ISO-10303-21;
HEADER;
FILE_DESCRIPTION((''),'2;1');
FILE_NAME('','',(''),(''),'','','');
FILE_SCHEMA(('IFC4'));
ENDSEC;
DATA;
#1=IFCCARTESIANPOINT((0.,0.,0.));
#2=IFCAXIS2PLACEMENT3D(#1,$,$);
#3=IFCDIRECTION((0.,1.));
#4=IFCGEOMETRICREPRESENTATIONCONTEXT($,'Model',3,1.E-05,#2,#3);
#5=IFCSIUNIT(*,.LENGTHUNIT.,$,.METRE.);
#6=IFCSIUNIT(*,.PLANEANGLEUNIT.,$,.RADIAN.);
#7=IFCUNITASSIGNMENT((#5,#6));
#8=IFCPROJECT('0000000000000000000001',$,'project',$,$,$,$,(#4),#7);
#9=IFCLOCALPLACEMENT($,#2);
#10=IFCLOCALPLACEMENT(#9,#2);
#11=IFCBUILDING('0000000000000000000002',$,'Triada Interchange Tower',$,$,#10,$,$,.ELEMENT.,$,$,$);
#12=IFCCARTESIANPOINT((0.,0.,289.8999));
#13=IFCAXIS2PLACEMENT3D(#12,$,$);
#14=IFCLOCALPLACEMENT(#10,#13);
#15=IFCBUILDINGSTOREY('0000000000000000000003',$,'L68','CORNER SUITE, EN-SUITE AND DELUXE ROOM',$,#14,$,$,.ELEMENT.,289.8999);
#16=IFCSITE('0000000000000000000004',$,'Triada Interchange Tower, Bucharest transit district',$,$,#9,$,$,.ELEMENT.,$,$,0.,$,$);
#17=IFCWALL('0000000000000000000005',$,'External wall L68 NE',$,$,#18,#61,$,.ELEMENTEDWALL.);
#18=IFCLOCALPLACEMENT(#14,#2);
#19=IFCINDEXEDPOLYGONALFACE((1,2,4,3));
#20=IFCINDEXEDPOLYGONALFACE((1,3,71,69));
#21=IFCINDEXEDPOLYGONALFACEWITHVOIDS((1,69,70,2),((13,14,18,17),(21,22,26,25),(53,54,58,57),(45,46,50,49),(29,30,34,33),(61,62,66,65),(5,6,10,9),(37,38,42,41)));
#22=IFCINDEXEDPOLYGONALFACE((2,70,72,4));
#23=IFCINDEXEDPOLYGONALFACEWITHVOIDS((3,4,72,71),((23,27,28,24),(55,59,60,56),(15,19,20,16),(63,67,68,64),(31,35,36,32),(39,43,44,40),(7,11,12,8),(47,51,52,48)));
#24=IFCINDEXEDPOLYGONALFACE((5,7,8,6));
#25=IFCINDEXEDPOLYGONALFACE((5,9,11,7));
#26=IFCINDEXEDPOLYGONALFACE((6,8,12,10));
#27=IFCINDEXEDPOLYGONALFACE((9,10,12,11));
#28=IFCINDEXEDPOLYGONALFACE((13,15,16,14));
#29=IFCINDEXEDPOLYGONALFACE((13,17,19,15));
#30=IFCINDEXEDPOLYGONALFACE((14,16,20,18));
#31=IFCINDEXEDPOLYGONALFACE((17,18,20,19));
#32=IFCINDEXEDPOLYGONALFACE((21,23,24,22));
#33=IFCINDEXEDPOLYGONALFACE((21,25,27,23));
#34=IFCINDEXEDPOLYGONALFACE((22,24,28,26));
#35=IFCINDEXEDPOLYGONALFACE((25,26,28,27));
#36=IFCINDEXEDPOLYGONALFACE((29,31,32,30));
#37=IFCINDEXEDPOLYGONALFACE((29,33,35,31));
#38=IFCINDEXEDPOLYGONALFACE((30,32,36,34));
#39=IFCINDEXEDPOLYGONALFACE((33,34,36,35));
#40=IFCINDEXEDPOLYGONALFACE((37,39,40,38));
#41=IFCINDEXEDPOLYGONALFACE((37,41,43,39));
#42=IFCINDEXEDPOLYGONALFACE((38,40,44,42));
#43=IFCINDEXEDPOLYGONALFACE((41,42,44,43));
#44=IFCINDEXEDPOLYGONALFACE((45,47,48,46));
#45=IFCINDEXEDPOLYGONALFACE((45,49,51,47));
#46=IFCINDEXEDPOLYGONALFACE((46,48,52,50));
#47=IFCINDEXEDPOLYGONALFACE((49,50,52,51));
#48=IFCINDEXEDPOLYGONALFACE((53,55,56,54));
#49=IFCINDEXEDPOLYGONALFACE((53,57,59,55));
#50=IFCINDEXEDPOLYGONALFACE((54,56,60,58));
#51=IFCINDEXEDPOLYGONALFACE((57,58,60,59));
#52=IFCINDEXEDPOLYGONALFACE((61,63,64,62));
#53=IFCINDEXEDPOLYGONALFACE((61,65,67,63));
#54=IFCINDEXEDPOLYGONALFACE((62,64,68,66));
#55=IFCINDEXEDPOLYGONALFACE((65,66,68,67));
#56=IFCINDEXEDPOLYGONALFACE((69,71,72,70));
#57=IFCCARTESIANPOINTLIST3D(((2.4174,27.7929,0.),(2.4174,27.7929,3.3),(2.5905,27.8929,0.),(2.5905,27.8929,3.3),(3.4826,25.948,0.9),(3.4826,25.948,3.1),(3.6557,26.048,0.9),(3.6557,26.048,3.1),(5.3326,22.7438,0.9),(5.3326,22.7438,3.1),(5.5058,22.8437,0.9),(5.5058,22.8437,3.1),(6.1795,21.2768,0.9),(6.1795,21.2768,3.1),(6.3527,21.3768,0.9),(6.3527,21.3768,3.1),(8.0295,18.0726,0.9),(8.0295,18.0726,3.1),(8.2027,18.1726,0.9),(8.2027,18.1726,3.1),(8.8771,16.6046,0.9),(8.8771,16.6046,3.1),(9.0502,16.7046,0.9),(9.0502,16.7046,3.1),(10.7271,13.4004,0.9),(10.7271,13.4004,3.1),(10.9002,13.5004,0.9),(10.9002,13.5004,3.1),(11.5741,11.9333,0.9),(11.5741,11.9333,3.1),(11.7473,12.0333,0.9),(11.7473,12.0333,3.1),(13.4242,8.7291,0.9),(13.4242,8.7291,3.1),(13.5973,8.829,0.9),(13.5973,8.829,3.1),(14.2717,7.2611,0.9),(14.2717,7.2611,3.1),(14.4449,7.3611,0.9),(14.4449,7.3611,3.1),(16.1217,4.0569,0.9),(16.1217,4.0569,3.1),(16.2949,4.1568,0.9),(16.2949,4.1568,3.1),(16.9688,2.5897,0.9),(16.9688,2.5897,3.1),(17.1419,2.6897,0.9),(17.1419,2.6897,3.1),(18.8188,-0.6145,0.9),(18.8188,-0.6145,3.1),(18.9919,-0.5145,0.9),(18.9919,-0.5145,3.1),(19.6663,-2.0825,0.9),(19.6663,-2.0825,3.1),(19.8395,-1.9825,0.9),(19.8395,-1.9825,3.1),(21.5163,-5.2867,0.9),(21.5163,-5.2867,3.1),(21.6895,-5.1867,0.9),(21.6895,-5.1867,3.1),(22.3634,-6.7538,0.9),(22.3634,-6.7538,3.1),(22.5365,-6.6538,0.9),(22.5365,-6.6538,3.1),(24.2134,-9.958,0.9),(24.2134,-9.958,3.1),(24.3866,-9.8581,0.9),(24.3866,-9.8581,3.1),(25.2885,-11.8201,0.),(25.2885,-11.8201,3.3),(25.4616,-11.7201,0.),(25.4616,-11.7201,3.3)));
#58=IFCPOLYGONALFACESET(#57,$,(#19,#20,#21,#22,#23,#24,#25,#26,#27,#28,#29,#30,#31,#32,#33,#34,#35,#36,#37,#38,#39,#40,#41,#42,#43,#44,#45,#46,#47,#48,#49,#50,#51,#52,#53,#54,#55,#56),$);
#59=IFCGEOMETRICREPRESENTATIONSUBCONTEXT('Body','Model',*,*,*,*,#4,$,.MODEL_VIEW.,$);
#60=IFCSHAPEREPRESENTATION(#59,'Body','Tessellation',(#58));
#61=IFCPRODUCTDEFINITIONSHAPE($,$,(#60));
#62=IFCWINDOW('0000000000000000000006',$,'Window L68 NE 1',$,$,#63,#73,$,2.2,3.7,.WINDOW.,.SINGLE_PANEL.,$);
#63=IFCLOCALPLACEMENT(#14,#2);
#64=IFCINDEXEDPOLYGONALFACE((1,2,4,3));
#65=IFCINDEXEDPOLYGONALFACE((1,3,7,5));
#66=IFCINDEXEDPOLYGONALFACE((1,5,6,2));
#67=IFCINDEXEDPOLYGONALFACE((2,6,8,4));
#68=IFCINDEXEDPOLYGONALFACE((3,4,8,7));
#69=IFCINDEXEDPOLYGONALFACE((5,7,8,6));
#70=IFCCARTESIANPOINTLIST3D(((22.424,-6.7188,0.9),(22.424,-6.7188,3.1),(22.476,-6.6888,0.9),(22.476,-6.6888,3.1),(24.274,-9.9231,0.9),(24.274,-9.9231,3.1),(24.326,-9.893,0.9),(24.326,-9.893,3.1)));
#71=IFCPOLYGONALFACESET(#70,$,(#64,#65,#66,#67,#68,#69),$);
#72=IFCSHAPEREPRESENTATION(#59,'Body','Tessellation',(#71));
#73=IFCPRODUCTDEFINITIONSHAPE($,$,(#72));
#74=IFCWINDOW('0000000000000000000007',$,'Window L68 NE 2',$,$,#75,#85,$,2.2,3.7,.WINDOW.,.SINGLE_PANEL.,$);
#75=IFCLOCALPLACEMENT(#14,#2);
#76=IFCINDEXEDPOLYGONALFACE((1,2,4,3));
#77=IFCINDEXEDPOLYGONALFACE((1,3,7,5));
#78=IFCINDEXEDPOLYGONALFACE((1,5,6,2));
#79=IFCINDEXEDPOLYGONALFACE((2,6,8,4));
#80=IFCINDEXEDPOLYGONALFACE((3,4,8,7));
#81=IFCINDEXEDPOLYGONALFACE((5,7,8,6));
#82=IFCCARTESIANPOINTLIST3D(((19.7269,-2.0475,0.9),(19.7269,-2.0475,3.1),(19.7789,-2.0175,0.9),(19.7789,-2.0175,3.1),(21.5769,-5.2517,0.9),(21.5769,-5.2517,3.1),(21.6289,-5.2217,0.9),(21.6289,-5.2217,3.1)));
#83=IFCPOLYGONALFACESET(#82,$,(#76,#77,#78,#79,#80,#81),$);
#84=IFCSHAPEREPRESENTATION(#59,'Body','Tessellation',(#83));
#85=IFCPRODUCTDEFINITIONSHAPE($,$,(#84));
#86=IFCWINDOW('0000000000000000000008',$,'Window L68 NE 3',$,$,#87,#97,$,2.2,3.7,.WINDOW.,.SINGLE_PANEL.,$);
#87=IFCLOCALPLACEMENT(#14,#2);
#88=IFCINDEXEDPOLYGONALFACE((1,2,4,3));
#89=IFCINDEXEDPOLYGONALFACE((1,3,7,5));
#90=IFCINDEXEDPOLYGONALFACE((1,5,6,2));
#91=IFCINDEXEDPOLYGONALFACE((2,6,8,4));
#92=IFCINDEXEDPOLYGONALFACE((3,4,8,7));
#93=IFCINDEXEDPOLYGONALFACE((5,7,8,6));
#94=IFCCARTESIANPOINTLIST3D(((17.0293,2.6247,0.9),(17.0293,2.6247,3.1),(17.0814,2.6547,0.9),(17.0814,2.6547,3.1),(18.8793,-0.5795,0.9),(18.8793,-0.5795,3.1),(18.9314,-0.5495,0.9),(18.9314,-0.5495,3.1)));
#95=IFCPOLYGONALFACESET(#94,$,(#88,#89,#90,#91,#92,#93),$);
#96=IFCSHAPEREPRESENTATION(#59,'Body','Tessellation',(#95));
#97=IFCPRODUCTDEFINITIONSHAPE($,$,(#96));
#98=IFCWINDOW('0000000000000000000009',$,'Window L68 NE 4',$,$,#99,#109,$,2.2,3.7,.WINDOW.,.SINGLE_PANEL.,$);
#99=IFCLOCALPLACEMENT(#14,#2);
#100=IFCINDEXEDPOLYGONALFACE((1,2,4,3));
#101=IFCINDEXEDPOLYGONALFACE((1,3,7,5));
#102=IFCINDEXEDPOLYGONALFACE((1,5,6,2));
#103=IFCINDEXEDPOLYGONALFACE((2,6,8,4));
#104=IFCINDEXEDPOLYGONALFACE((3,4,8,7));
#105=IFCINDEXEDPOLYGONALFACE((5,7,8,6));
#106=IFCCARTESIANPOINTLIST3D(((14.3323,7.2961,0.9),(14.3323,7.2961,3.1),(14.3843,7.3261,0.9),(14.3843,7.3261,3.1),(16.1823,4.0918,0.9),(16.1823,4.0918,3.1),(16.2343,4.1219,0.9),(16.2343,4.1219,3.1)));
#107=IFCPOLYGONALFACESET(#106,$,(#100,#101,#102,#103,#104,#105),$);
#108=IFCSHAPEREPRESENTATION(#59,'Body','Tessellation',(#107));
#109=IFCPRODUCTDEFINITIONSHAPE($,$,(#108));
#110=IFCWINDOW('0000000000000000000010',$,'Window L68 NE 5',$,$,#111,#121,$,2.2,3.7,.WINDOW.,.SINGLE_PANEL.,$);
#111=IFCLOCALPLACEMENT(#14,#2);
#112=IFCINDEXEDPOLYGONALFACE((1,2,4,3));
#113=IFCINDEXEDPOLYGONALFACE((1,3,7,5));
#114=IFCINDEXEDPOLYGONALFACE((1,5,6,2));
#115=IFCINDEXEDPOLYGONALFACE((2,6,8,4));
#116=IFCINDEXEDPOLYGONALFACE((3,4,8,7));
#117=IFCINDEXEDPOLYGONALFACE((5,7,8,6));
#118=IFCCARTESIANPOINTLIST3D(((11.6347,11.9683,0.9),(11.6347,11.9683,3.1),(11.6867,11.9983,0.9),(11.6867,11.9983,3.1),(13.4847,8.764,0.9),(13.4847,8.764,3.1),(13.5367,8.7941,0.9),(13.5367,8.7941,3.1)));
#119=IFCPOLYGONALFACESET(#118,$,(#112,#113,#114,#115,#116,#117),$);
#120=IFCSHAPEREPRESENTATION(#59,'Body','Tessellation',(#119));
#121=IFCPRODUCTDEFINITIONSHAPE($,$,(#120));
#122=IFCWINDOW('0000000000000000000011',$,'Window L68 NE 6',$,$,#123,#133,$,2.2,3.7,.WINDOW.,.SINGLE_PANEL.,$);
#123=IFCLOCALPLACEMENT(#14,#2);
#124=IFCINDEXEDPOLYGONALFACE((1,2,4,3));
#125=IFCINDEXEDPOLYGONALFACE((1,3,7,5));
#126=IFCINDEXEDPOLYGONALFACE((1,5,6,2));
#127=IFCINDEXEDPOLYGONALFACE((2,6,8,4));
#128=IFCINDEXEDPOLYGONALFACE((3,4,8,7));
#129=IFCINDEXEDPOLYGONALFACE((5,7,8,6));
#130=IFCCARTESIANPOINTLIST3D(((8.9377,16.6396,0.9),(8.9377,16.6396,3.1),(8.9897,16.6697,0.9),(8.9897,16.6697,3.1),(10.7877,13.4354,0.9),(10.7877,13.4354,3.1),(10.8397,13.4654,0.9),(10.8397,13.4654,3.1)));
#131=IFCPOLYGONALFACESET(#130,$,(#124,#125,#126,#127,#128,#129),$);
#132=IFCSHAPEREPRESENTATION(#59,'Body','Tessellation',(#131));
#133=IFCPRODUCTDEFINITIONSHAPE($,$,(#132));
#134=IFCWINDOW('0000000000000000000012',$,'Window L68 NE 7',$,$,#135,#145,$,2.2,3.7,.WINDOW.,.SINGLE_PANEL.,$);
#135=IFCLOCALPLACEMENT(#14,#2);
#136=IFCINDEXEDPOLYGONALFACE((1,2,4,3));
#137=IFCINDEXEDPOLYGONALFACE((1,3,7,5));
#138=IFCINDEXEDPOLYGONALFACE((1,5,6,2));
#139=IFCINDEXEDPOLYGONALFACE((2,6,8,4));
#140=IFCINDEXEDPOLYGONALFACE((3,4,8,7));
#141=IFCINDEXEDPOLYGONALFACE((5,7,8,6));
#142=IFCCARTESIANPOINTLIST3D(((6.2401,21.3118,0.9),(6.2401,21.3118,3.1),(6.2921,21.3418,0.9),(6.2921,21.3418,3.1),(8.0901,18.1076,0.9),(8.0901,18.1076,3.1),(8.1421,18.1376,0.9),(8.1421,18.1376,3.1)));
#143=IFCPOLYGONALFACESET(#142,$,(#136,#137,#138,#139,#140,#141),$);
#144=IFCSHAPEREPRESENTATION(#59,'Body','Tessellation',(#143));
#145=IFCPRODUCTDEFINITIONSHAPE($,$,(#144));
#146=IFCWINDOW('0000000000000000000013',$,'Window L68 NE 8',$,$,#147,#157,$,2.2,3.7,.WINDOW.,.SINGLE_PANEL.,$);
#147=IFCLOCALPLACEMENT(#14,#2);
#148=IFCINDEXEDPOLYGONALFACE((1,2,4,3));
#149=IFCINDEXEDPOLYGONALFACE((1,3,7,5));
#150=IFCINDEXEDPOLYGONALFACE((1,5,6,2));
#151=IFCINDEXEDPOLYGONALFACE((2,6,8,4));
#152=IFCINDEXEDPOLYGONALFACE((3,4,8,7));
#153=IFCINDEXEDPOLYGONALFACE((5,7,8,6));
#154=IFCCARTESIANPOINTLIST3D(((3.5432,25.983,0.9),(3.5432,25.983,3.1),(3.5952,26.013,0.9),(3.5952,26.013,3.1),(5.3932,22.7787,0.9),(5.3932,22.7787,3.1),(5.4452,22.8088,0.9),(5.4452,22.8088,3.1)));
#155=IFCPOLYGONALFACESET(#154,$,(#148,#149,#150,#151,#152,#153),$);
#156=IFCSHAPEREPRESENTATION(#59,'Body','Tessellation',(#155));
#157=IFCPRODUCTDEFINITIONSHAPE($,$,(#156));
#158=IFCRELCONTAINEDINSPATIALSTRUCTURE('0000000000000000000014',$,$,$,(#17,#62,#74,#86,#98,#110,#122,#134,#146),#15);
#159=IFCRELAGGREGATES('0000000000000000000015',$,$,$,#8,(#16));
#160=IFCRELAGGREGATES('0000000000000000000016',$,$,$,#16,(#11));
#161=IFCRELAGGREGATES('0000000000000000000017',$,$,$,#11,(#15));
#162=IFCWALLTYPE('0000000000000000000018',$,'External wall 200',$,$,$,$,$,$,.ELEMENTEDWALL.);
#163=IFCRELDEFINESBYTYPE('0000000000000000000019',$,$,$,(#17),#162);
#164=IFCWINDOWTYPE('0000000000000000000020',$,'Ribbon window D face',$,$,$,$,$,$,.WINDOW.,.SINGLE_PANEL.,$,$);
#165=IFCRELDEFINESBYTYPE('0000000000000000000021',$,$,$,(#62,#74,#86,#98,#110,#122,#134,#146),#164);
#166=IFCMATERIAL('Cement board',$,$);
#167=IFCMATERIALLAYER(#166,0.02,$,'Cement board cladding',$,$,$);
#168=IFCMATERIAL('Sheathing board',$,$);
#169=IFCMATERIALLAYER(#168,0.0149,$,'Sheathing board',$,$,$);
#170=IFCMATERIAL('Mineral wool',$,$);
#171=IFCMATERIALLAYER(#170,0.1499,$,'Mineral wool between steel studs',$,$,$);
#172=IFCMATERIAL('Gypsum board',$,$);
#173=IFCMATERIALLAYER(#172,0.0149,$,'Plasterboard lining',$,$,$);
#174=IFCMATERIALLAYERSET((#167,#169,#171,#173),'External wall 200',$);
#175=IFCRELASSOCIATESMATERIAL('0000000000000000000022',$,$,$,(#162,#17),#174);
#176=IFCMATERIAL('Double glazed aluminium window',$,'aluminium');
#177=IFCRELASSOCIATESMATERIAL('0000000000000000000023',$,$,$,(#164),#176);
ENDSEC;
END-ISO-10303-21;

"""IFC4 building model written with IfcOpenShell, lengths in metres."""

from ifc_helpers import new_model, si_unit, direction, frame, frame_2d, origin, place, context, subcontext, project, spatial, rectangle, extrude, material, layer, layer_set, layer_usage, type_object, element, fill, save


model = new_model("IFC4")

# Units and contexts
model_context = context("Model", 3, precision=1e-05, world=origin(), true_north=direction((0.0, 1.0)))
body_context = subcontext(model_context, "Body", "Model", "MODEL_VIEW")
ifc_project = project(units=[si_unit("LENGTHUNIT", "METRE"), si_unit("PLANEANGLEUNIT", "RADIAN")], contexts=[model_context])

# Site, building, storey
site_placement = place(None, origin())
site = spatial("IfcSite", under=ifc_project, at=site_placement, Name="Triada Interchange Tower, Bucharest transit district", CompositionType="ELEMENT", RefElevation=0.0)
building_placement = place(site_placement, origin())
building = spatial("IfcBuilding", under=site, at=building_placement, Name="Triada Interchange Tower", CompositionType="ELEMENT")
storey_placement = place(building_placement, frame((0.0, 0.0, 289.8999)))
storey = spatial("IfcBuildingStorey", under=building, at=storey_placement, Name="L68", Description="CORNER SUITE, EN-SUITE AND DELUXE ROOM", CompositionType="ELEMENT", Elevation=289.8999)

# Shared definitions
ifc_material_1 = material(Name="Cement board")
ifc_layer_1 = layer(ifc_material_1, 0.02, Name="Cement board cladding")
ifc_material_2 = material(Name="Sheathing board")
ifc_layer_2 = layer(ifc_material_2, 0.0149, Name="Sheathing board")
ifc_material_3 = material(Name="Mineral wool")
ifc_layer_3 = layer(ifc_material_3, 0.1499, Name="Mineral wool between steel studs")
ifc_material_4 = material(Name="Gypsum board")
ifc_layer_4 = layer(ifc_material_4, 0.0149, Name="Plasterboard lining")
ifc_layer_set_1 = layer_set([ifc_layer_1, ifc_layer_2, ifc_layer_3, ifc_layer_4], Name="External wall 200")
ifc_layer_usage = layer_usage(ifc_layer_set_1, "AXIS2", "POSITIVE", -0.1001)
wall_type_1 = type_object("IfcWallType", Name="External wall 200", PredefinedType="ELEMENTEDWALL", material=ifc_layer_set_1)
ifc_material_5 = material(Name="Double glazed aluminium window", Category="aluminium")

# Wall, openings, windows
wall_1_placement = place(storey_placement, frame((25.375, -11.77, 0.0), z_axis=(0.0, 0.0, 1.0), x_axis=(-0.500008, 0.866021, 0.0)))
wall_1 = element("IfcWall", 1, at=wall_1_placement, inside=storey, type_object=wall_type_1, material=ifc_layer_usage, Name="External wall L68 NE", PredefinedType="ELEMENTEDWALL", context=body_context, shape_type="SweptSolid", body=[
    extrude(rectangle(XDim=45.7415, YDim=0.2, at=frame_2d((22.8706, 0.0))), origin(), (0.0, 0.0, 1.0), 3.3),
])
opening_1_placement = place(wall_1_placement, frame((2.1499, 0.0, 0.8999)))
opening_1 = element("IfcOpeningElement", 2, at=opening_1_placement, cuts=wall_1, PredefinedType="OPENING", context=body_context, shape_type="SweptSolid", body=[
    extrude(rectangle(XDim=3.7, YDim=2.2, at=frame_2d((1.8501, 1.1001))), frame((0.0, 0.1099, 0.0), z_axis=(0.0, -1.0, 0.0), x_axis=(1.0, 0.0, 0.0)), (0.0, 0.0, 1.0), 0.22),
])
opening_2_placement = place(wall_1_placement, frame((7.5439, 0.0, 0.8999)))
opening_2 = element("IfcOpeningElement", 3, at=opening_2_placement, cuts=wall_1, PredefinedType="OPENING", context=body_context, shape_type="SweptSolid", body=[
    extrude(rectangle(XDim=3.7, YDim=2.2, at=frame_2d((1.8501, 1.1001))), frame((0.0, 0.1099, 0.0), z_axis=(0.0, -1.0, 0.0), x_axis=(1.0, 0.0, 0.0)), (0.0, 0.0, 1.0), 0.22),
])
opening_3_placement = place(wall_1_placement, frame((12.939, 0.0, 0.8999)))
opening_3 = element("IfcOpeningElement", 4, at=opening_3_placement, cuts=wall_1, PredefinedType="OPENING", context=body_context, shape_type="SweptSolid", body=[
    extrude(rectangle(XDim=3.7, YDim=2.2, at=frame_2d((1.8501, 1.1001))), frame((0.0, 0.1099, 0.0), z_axis=(0.0, -1.0, 0.0), x_axis=(1.0, 0.0, 0.0)), (0.0, 0.0, 1.0), 0.22),
])
opening_4_placement = place(wall_1_placement, frame((18.333, 0.0, 0.8999)))
opening_4 = element("IfcOpeningElement", 5, at=opening_4_placement, cuts=wall_1, PredefinedType="OPENING", context=body_context, shape_type="SweptSolid", body=[
    extrude(rectangle(XDim=3.7, YDim=2.2, at=frame_2d((1.8501, 1.1001))), frame((0.0, 0.1099, 0.0), z_axis=(0.0, -1.0, 0.0), x_axis=(1.0, 0.0, 0.0)), (0.0, 0.0, 1.0), 0.22),
])
opening_5_placement = place(wall_1_placement, frame((23.728, 0.0, 0.8999)))
opening_5 = element("IfcOpeningElement", 6, at=opening_5_placement, cuts=wall_1, PredefinedType="OPENING", context=body_context, shape_type="SweptSolid", body=[
    extrude(rectangle(XDim=3.7, YDim=2.2, at=frame_2d((1.8501, 1.1001))), frame((0.0, 0.1099, 0.0), z_axis=(0.0, -1.0, 0.0), x_axis=(1.0, 0.0, 0.0)), (0.0, 0.0, 1.0), 0.22),
])
opening_6_placement = place(wall_1_placement, frame((29.1221, 0.0, 0.8999)))
opening_6 = element("IfcOpeningElement", 7, at=opening_6_placement, cuts=wall_1, PredefinedType="OPENING", context=body_context, shape_type="SweptSolid", body=[
    extrude(rectangle(XDim=3.7, YDim=2.2, at=frame_2d((1.8501, 1.1001))), frame((0.0, 0.1099, 0.0), z_axis=(0.0, -1.0, 0.0), x_axis=(1.0, 0.0, 0.0)), (0.0, 0.0, 1.0), 0.22),
])
opening_7_placement = place(wall_1_placement, frame((34.5171, 0.0, 0.8999)))
opening_7 = element("IfcOpeningElement", 8, at=opening_7_placement, cuts=wall_1, PredefinedType="OPENING", context=body_context, shape_type="SweptSolid", body=[
    extrude(rectangle(XDim=3.7, YDim=2.2, at=frame_2d((1.8501, 1.1001))), frame((0.0, 0.1099, 0.0), z_axis=(0.0, -1.0, 0.0), x_axis=(1.0, 0.0, 0.0)), (0.0, 0.0, 1.0), 0.22),
])
opening_8_placement = place(wall_1_placement, frame((39.9109, 0.0, 0.8999)))
opening_8 = element("IfcOpeningElement", 9, at=opening_8_placement, cuts=wall_1, PredefinedType="OPENING", context=body_context, shape_type="SweptSolid", body=[
    extrude(rectangle(XDim=3.7, YDim=2.2, at=frame_2d((1.8501, 1.1001))), frame((0.0, 0.1099, 0.0), z_axis=(0.0, -1.0, 0.0), x_axis=(1.0, 0.0, 0.0)), (0.0, 0.0, 1.0), 0.22),
])
window_type_1 = type_object("IfcWindowType", Name="Ribbon window D face", PartitioningType="SINGLE_PANEL", PredefinedType="WINDOW", material=ifc_material_5)
window_1_placement = place(opening_1_placement, origin())
window_1 = element("IfcWindow", 10, at=window_1_placement, inside=storey, type_object=window_type_1, Name="Window L68 NE 1", OverallHeight=2.2, OverallWidth=3.7, PartitioningType="SINGLE_PANEL", PredefinedType="WINDOW", context=body_context, shape_type="SweptSolid", body=[
    extrude(rectangle(XDim=3.7, YDim=2.2, at=frame_2d((1.8501, 1.1001))), frame((0.0, 0.03, 0.0), z_axis=(0.0, -1.0, 0.0), x_axis=(1.0, 0.0, 0.0)), (0.0, 0.0, 1.0), 0.0601),
])
fill(opening_1, window_1)
window_2_placement = place(opening_2_placement, origin())
window_2 = element("IfcWindow", 11, at=window_2_placement, inside=storey, type_object=window_type_1, Name="Window L68 NE 2", OverallHeight=2.2, OverallWidth=3.7, PartitioningType="SINGLE_PANEL", PredefinedType="WINDOW", context=body_context, shape_type="SweptSolid", body=[
    extrude(rectangle(XDim=3.7, YDim=2.2, at=frame_2d((1.8501, 1.1001))), frame((0.0, 0.03, 0.0), z_axis=(0.0, -1.0, 0.0), x_axis=(1.0, 0.0, 0.0)), (0.0, 0.0, 1.0), 0.0601),
])
fill(opening_2, window_2)
window_3_placement = place(opening_3_placement, origin())
window_3 = element("IfcWindow", 12, at=window_3_placement, inside=storey, type_object=window_type_1, Name="Window L68 NE 3", OverallHeight=2.2, OverallWidth=3.7, PartitioningType="SINGLE_PANEL", PredefinedType="WINDOW", context=body_context, shape_type="SweptSolid", body=[
    extrude(rectangle(XDim=3.7, YDim=2.2, at=frame_2d((1.8501, 1.1001))), frame((0.0, 0.03, 0.0), z_axis=(0.0, -1.0, 0.0), x_axis=(1.0, 0.0, 0.0)), (0.0, 0.0, 1.0), 0.0601),
])
fill(opening_3, window_3)
window_4_placement = place(opening_4_placement, origin())
window_4 = element("IfcWindow", 13, at=window_4_placement, inside=storey, type_object=window_type_1, Name="Window L68 NE 4", OverallHeight=2.2, OverallWidth=3.7, PartitioningType="SINGLE_PANEL", PredefinedType="WINDOW", context=body_context, shape_type="SweptSolid", body=[
    extrude(rectangle(XDim=3.7, YDim=2.2, at=frame_2d((1.8501, 1.1001))), frame((0.0, 0.03, 0.0), z_axis=(0.0, -1.0, 0.0), x_axis=(1.0, 0.0, 0.0)), (0.0, 0.0, 1.0), 0.0601),
])
fill(opening_4, window_4)
window_5_placement = place(opening_5_placement, origin())
window_5 = element("IfcWindow", 14, at=window_5_placement, inside=storey, type_object=window_type_1, Name="Window L68 NE 5", OverallHeight=2.2, OverallWidth=3.7, PartitioningType="SINGLE_PANEL", PredefinedType="WINDOW", context=body_context, shape_type="SweptSolid", body=[
    extrude(rectangle(XDim=3.7, YDim=2.2, at=frame_2d((1.8501, 1.1001))), frame((0.0, 0.03, 0.0), z_axis=(0.0, -1.0, 0.0), x_axis=(1.0, 0.0, 0.0)), (0.0, 0.0, 1.0), 0.0601),
])
fill(opening_5, window_5)
window_6_placement = place(opening_6_placement, origin())
window_6 = element("IfcWindow", 15, at=window_6_placement, inside=storey, type_object=window_type_1, Name="Window L68 NE 6", OverallHeight=2.2, OverallWidth=3.7, PartitioningType="SINGLE_PANEL", PredefinedType="WINDOW", context=body_context, shape_type="SweptSolid", body=[
    extrude(rectangle(XDim=3.7, YDim=2.2, at=frame_2d((1.8501, 1.1001))), frame((0.0, 0.03, 0.0), z_axis=(0.0, -1.0, 0.0), x_axis=(1.0, 0.0, 0.0)), (0.0, 0.0, 1.0), 0.0601),
])
fill(opening_6, window_6)
window_7_placement = place(opening_7_placement, origin())
window_7 = element("IfcWindow", 16, at=window_7_placement, inside=storey, type_object=window_type_1, Name="Window L68 NE 7", OverallHeight=2.2, OverallWidth=3.7, PartitioningType="SINGLE_PANEL", PredefinedType="WINDOW", context=body_context, shape_type="SweptSolid", body=[
    extrude(rectangle(XDim=3.7, YDim=2.2, at=frame_2d((1.8501, 1.1001))), frame((0.0, 0.03, 0.0), z_axis=(0.0, -1.0, 0.0), x_axis=(1.0, 0.0, 0.0)), (0.0, 0.0, 1.0), 0.0601),
])
fill(opening_7, window_7)
window_8_placement = place(opening_8_placement, origin())
window_8 = element("IfcWindow", 17, at=window_8_placement, inside=storey, type_object=window_type_1, Name="Window L68 NE 8", OverallHeight=2.2, OverallWidth=3.7, PartitioningType="SINGLE_PANEL", PredefinedType="WINDOW", context=body_context, shape_type="SweptSolid", body=[
    extrude(rectangle(XDim=3.7, YDim=2.2, at=frame_2d((1.8501, 1.1001))), frame((0.0, 0.03, 0.0), z_axis=(0.0, -1.0, 0.0), x_axis=(1.0, 0.0, 0.0)), (0.0, 0.0, 1.0), 0.0601),
])
fill(opening_8, window_8)

save(model, "model.ifc")
